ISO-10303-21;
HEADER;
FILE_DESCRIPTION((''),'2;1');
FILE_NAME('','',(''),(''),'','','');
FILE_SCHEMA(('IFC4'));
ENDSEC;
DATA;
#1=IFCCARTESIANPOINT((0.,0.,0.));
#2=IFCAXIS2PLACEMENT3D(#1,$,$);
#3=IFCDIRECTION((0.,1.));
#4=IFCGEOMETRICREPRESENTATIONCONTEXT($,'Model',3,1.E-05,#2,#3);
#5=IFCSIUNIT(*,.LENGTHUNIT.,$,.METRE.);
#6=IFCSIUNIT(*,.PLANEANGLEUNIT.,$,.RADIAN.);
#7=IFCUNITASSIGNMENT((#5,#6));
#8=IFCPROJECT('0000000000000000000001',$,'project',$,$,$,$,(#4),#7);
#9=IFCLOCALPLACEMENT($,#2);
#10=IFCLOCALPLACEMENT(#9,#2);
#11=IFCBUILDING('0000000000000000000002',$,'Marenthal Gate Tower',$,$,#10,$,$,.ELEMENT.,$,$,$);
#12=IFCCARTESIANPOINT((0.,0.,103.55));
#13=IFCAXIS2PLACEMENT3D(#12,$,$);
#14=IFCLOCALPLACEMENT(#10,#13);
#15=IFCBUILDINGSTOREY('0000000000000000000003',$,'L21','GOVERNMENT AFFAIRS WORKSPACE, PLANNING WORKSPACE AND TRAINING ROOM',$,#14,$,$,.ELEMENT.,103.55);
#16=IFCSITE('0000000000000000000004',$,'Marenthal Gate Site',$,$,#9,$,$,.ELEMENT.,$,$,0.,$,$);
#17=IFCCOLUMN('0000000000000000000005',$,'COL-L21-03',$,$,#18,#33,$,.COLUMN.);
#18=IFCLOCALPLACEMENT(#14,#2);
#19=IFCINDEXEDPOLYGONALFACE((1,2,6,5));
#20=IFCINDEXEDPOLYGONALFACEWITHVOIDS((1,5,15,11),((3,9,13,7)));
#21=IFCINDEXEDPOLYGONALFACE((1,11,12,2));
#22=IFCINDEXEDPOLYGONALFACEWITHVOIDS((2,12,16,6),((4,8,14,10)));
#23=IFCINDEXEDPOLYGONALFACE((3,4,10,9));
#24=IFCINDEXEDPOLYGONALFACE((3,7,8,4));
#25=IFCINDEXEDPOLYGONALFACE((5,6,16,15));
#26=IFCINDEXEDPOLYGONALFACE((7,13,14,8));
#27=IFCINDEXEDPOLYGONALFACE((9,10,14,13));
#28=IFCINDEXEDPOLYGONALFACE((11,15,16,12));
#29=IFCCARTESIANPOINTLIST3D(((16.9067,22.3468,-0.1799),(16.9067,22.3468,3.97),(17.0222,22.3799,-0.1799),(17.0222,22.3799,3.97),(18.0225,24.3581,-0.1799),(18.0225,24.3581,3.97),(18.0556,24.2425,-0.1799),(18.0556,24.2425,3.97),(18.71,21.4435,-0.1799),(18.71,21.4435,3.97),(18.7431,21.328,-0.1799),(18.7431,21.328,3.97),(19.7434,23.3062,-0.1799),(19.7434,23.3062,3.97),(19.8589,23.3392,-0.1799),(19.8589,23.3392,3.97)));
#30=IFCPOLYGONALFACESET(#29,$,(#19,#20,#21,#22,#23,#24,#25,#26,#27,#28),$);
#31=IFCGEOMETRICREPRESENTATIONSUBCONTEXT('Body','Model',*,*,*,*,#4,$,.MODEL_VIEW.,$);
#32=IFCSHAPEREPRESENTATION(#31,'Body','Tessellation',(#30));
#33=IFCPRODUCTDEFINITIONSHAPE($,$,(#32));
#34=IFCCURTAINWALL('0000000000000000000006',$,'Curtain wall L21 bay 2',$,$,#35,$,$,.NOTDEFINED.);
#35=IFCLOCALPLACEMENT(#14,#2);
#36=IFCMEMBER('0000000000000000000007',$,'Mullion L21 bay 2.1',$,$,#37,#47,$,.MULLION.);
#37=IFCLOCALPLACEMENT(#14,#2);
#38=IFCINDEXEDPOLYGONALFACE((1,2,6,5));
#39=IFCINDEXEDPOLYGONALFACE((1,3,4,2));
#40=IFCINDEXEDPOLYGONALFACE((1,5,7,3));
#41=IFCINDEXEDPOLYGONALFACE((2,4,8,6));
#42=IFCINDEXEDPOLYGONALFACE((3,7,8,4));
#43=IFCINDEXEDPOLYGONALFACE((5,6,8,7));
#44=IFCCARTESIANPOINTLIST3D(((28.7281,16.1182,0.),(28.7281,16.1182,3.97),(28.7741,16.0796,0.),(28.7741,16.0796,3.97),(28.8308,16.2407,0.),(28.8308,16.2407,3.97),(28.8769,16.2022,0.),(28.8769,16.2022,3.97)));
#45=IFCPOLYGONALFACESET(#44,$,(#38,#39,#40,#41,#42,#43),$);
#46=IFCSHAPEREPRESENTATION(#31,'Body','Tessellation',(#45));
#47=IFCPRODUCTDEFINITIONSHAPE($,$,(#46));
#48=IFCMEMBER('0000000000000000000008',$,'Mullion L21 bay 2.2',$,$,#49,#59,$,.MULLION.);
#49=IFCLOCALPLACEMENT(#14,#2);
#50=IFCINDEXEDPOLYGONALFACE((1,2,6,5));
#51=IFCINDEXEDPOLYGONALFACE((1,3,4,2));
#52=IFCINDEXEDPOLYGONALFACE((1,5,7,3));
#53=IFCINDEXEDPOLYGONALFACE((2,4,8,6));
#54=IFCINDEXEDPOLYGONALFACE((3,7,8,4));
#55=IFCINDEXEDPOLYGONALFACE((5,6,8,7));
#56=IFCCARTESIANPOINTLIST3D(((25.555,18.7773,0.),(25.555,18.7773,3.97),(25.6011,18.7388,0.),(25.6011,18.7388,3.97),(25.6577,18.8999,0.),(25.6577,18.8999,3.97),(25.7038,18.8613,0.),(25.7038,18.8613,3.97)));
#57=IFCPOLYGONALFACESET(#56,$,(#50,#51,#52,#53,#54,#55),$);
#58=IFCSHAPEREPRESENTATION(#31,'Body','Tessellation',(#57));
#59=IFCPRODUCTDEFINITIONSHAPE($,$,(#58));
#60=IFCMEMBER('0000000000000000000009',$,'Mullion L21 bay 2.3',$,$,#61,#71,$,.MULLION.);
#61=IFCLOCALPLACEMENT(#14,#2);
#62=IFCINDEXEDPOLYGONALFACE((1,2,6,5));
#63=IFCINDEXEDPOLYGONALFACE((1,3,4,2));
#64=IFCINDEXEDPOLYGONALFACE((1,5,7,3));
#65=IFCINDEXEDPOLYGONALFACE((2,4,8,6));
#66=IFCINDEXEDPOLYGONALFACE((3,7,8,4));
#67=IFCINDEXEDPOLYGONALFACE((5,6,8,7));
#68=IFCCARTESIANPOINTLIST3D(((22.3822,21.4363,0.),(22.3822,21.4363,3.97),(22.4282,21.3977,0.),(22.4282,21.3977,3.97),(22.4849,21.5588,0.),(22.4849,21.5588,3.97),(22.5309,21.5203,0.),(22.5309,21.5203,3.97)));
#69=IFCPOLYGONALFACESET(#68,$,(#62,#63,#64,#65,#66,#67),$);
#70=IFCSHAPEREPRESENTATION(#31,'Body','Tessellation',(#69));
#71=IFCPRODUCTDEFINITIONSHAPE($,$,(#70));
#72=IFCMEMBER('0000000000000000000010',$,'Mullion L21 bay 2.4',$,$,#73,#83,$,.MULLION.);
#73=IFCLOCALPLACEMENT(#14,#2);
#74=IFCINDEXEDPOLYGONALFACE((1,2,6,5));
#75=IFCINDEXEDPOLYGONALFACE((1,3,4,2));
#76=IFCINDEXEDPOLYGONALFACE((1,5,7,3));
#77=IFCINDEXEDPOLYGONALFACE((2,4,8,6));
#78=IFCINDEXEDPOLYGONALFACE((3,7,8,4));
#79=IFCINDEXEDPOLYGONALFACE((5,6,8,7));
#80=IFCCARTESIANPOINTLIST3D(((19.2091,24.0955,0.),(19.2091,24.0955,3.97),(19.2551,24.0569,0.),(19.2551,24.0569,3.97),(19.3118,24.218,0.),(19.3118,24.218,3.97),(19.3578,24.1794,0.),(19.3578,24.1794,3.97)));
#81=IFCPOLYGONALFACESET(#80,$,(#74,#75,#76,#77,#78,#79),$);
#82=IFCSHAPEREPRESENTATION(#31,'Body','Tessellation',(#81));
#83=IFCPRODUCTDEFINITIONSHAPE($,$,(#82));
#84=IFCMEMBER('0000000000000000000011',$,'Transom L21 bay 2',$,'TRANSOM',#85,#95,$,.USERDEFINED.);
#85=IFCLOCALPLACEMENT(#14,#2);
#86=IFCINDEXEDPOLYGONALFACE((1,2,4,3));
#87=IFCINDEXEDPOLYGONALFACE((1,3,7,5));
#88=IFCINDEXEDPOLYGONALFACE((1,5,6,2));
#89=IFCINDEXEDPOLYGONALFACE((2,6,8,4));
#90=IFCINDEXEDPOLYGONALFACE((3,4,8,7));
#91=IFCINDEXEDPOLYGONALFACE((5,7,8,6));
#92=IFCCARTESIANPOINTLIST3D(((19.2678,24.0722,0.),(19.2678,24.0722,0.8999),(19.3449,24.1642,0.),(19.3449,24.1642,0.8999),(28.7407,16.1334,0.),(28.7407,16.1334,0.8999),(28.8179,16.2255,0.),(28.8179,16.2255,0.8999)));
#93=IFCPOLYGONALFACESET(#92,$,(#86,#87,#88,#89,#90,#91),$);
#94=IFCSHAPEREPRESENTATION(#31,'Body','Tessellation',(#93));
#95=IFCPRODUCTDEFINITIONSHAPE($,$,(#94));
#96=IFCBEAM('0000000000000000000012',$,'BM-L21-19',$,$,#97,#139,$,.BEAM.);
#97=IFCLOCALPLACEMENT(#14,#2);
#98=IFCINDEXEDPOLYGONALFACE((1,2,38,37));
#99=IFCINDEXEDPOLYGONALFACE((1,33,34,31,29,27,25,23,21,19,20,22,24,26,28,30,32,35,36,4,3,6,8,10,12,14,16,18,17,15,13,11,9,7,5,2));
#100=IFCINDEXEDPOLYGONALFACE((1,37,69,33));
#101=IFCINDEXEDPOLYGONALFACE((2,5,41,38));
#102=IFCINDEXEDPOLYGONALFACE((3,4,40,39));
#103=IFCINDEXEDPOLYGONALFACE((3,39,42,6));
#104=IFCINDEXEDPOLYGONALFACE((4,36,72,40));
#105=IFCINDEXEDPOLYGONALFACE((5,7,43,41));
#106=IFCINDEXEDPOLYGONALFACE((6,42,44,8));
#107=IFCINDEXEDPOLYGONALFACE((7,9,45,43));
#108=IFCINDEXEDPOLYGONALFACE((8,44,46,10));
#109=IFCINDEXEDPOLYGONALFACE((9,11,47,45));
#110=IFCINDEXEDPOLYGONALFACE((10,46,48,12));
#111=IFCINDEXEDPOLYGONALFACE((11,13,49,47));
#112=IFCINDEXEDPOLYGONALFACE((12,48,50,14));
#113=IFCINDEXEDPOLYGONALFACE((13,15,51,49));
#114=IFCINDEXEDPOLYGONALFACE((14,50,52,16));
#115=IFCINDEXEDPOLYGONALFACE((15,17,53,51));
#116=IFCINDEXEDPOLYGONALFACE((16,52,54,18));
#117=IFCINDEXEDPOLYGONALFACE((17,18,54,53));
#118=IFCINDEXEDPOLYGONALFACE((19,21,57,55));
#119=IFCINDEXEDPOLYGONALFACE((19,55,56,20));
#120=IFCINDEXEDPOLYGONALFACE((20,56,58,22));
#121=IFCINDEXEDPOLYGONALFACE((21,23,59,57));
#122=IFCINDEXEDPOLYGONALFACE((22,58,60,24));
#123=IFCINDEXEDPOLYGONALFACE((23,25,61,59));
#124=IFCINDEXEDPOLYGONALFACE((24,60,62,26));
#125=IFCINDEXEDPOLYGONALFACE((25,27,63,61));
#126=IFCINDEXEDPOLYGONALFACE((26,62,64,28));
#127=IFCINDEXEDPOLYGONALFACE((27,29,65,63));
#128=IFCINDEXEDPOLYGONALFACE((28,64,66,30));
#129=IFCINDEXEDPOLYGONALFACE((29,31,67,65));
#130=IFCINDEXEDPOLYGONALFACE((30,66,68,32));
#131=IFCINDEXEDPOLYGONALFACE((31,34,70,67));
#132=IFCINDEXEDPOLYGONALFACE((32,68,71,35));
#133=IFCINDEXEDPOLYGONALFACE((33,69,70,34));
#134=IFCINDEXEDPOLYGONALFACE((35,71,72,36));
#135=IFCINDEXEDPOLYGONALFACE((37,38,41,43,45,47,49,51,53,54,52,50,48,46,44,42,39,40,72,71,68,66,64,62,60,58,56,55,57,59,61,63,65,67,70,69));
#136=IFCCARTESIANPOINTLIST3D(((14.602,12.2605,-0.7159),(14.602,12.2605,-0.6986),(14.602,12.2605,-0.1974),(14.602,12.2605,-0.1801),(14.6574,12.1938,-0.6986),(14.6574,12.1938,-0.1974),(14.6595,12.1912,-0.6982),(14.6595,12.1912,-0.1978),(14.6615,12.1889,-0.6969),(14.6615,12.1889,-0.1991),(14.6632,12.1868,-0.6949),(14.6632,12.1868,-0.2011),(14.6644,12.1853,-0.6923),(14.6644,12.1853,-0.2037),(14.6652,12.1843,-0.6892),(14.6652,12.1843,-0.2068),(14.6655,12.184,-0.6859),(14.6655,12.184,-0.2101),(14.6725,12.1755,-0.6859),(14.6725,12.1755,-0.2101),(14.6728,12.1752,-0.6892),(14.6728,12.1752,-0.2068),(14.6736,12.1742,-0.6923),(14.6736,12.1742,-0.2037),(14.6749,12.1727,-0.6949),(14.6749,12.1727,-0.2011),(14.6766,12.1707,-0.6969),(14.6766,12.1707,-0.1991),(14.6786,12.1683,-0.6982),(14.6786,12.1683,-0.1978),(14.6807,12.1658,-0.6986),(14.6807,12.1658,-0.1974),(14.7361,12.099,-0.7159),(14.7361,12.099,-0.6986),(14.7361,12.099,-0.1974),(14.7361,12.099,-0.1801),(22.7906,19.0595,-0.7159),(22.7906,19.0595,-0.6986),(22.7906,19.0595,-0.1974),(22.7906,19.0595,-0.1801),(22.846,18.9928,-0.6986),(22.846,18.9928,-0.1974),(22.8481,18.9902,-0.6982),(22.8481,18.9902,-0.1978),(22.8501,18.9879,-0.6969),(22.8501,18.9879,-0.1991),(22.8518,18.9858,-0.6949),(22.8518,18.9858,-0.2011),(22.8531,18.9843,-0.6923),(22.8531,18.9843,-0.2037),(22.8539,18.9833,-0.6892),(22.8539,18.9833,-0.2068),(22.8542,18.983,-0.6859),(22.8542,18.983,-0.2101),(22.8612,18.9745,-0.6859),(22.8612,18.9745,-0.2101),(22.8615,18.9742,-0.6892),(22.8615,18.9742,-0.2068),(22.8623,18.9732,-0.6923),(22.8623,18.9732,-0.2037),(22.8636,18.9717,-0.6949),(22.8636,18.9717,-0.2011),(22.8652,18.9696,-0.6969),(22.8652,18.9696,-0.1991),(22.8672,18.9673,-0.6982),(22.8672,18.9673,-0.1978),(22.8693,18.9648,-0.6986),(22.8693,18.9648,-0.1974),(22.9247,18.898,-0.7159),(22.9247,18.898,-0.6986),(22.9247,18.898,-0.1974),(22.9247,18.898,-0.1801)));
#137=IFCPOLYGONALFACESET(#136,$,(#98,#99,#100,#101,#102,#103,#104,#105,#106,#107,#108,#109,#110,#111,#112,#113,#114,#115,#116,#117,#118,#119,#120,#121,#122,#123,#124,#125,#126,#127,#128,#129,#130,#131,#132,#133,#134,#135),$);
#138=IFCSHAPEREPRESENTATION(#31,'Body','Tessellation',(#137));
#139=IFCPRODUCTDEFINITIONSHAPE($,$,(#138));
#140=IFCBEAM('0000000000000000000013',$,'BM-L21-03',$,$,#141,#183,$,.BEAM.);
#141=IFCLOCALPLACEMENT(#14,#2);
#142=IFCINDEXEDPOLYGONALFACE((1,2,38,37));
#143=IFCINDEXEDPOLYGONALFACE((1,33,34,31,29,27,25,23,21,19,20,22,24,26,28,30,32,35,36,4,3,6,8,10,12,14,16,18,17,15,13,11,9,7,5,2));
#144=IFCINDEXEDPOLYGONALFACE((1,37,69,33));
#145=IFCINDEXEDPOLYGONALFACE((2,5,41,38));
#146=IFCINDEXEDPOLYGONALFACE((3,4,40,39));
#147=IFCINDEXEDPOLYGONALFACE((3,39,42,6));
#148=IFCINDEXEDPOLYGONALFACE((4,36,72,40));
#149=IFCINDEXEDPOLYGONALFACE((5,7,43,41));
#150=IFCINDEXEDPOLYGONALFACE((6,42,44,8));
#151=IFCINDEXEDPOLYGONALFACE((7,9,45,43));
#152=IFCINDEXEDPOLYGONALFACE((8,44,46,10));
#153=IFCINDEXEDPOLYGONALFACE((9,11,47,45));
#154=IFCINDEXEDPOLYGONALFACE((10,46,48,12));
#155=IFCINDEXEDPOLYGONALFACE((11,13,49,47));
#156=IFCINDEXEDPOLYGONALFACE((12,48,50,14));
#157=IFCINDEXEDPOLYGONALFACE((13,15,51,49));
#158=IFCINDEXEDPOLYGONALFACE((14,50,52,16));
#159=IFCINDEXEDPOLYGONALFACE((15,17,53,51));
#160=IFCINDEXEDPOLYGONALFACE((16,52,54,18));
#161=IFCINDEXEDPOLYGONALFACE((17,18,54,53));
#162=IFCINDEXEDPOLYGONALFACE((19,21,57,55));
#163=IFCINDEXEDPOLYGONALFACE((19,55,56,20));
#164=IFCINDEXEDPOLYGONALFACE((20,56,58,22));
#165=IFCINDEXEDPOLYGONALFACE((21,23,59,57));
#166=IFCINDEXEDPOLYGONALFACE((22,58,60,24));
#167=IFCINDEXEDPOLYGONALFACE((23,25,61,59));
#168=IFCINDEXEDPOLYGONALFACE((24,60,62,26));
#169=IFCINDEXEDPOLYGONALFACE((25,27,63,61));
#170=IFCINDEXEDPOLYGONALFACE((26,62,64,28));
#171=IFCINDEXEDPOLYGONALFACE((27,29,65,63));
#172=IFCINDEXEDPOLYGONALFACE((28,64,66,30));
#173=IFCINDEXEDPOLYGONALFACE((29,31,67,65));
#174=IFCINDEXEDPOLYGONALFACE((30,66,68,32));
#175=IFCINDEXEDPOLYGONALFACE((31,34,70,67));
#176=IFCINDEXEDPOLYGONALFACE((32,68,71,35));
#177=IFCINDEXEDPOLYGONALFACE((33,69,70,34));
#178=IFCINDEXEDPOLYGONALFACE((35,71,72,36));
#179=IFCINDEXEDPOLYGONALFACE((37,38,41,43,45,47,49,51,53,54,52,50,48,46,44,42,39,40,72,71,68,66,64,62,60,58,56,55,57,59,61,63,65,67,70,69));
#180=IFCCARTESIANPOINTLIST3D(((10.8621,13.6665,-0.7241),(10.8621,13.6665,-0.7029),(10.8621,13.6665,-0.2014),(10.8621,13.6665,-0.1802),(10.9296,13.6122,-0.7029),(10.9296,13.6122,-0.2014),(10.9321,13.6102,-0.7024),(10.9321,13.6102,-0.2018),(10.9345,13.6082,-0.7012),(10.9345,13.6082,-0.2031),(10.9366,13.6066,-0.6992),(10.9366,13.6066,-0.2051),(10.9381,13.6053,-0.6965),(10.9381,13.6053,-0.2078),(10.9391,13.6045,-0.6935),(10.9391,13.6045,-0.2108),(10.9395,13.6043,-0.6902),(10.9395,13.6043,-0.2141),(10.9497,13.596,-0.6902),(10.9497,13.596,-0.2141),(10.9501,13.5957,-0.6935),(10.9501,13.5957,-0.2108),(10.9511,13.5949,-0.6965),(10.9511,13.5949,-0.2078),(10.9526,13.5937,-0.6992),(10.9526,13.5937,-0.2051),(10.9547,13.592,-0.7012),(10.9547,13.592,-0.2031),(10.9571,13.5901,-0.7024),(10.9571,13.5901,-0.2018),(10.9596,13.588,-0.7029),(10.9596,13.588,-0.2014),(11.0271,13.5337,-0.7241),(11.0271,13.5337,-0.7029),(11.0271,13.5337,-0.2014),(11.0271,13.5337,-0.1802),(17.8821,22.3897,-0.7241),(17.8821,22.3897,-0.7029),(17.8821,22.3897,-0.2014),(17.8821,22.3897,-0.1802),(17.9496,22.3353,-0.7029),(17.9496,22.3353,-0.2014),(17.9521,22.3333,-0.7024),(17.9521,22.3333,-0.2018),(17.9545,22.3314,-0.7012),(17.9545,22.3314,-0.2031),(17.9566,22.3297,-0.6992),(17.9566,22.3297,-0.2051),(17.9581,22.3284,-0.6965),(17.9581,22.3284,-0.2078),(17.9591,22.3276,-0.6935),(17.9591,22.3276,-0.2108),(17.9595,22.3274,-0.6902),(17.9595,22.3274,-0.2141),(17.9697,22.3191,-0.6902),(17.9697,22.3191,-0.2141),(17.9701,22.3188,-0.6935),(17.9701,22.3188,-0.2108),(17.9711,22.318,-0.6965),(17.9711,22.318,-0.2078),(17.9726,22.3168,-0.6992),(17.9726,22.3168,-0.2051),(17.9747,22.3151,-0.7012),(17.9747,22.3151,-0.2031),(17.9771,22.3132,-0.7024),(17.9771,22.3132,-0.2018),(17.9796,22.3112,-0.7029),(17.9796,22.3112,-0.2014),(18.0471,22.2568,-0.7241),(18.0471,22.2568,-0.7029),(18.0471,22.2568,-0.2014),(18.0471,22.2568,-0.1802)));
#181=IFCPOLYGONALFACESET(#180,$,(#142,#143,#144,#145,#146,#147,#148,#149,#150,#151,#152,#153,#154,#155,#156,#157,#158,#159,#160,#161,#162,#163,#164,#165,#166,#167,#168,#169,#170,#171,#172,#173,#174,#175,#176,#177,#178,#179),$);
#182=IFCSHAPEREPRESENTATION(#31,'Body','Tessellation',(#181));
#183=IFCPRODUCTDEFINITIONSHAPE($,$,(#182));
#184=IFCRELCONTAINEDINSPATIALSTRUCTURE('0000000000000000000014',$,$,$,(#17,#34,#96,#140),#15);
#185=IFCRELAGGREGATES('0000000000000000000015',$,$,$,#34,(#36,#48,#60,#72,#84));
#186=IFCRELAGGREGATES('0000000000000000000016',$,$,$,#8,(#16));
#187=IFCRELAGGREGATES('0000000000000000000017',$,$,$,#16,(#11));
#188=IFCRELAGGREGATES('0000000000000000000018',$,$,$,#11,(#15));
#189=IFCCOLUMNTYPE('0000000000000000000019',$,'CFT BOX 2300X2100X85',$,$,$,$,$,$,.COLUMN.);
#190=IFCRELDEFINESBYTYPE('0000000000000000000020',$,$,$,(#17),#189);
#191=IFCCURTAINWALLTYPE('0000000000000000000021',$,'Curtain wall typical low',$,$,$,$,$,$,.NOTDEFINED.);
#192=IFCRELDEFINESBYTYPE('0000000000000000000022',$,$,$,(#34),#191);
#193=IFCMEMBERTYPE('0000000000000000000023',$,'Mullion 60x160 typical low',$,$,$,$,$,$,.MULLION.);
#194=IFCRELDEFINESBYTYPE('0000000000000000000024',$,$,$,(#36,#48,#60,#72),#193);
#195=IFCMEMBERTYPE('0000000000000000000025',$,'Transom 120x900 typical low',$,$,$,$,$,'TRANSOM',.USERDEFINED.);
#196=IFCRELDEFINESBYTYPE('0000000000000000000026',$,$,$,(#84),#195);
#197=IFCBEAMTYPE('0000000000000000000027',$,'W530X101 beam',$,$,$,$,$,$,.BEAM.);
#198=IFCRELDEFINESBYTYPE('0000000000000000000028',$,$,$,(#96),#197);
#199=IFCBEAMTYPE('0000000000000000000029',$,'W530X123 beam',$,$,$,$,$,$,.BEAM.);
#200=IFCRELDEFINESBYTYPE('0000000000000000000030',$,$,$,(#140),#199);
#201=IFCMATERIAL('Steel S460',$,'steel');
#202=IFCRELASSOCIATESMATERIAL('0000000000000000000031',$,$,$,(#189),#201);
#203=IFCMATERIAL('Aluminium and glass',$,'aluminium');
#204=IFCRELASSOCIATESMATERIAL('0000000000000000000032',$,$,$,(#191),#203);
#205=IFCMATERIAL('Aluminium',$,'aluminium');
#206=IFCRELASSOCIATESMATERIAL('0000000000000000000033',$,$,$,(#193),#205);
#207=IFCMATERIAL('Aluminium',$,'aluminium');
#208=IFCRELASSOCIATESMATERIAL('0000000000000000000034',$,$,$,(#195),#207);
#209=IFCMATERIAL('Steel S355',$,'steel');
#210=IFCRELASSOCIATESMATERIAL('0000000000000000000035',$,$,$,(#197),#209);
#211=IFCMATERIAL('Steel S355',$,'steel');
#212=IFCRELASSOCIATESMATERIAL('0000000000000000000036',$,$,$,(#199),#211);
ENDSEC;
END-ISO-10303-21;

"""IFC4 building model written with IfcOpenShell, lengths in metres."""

from ifc_helpers import new_model, si_unit, direction, frame, origin, origin_2d, place, context, subcontext, project, spatial, rectangle, hollow_rectangle, i_section, extrude, material, material_profile, profile_set, type_object, element, aggregate, save


model = new_model("IFC4")

# Units and contexts
model_context = context("Model", 3, precision=1e-05, world=origin(), true_north=direction((0.0, 1.0)))
body_context = subcontext(model_context, "Body", "Model", "MODEL_VIEW")
ifc_project = project(units=[si_unit("LENGTHUNIT", "METRE"), si_unit("PLANEANGLEUNIT", "RADIAN")], contexts=[model_context])

# Site, building, storey
site_placement = place(None, origin())
site = spatial("IfcSite", under=ifc_project, at=site_placement, Name="Marenthal Gate Site", CompositionType="ELEMENT", RefElevation=0.0)
building_placement = place(site_placement, origin())
building = spatial("IfcBuilding", under=site, at=building_placement, Name="Marenthal Gate Tower", CompositionType="ELEMENT")
storey_placement = place(building_placement, frame((0.0, 0.0, 103.55)))
storey = spatial("IfcBuildingStorey", under=building, at=storey_placement, Name="L21", Description="GOVERNMENT AFFAIRS WORKSPACE, PLANNING WORKSPACE AND TRAINING ROOM", CompositionType="ELEMENT", Elevation=103.55)

# Column
ifc_material_1 = material(Name="Steel S460", Category="steel")
ifc_material_profile_1 = material_profile(ifc_material_1, hollow_rectangle(XDim=2.1001, YDim=2.3, WallThickness=0.085, at=origin_2d()), Name="CFT BOX 2300X2100X85")
ifc_material_2 = material(Name="Concrete 70 MPa", Category="concrete")
ifc_material_profile_2 = material_profile(ifc_material_2, rectangle(XDim=1.9299, YDim=2.1299, at=origin_2d()), Name="CFT BOX 2300X2100X85 INFILL")
ifc_profile_set_1 = profile_set([ifc_material_profile_1, ifc_material_profile_2], Name="Steel S460 shell, Concrete 70 MPa infill")
column_type = type_object("IfcColumnType", Name="CFT BOX 2300X2100X85", PredefinedType="COLUMN", material=ifc_profile_set_1)
column_placement = place(storey_placement, frame((18.3828, 22.843, -0.1799), z_axis=(0.0, 0.0, 1.0), x_axis=(0.874442, -0.48513, 0.0)))
element("IfcColumn", 1, at=column_placement, inside=storey, type_object=column_type, Name="COL-L21-03", PredefinedType="COLUMN", context=body_context, shape_type="SweptSolid", body=[
    extrude(hollow_rectangle(XDim=2.1001, YDim=2.3, WallThickness=0.085, at=origin_2d()), origin(), (0.0, 0.0, 1.0), 4.1499),
])

# Curtain wall, members
ifc_material_3 = material(Name="Aluminium and glass", Category="aluminium")
curtain_wall_type = type_object("IfcCurtainWallType", Name="Curtain wall typical low", PredefinedType="NOTDEFINED", material=ifc_material_3)
curtain_wall_placement = place(storey_placement, origin())
curtain_wall = element("IfcCurtainWall", 2, at=curtain_wall_placement, inside=storey, type_object=curtain_wall_type, Name="Curtain wall L21 bay 2", PredefinedType="NOTDEFINED")
ifc_material_4 = material(Name="Aluminium", Category="aluminium")
ifc_material_profile_3 = material_profile(ifc_material_4, rectangle(XDim=0.1599, YDim=0.0601, at=origin_2d()), Name="60x160 aluminium mullion")
ifc_profile_set_2 = profile_set([ifc_material_profile_3], Name="Aluminium")
member_type_1 = type_object("IfcMemberType", Name="Mullion 60x160 typical low", PredefinedType="MULLION", material=ifc_profile_set_2)
member_1_placement = place(storey_placement, frame((28.8025, 16.1602, 0.0), z_axis=(0.0, 0.0, 1.0), x_axis=(-0.642308, -0.766447, 0.0)))
member_1 = element("IfcMember", 3, at=member_1_placement, type_object=member_type_1, Name="Mullion L21 bay 2.1", PredefinedType="MULLION", context=body_context, shape_type="SweptSolid", body=[
    extrude(rectangle(XDim=0.1599, YDim=0.0601, at=origin_2d()), origin(), (0.0, 0.0, 1.0), 3.97),
])
member_2_placement = place(storey_placement, frame((25.6294, 18.8193, 0.0), z_axis=(0.0, 0.0, 1.0), x_axis=(-0.642308, -0.766447, 0.0)))
member_2 = element("IfcMember", 4, at=member_2_placement, type_object=member_type_1, Name="Mullion L21 bay 2.2", PredefinedType="MULLION", context=body_context, shape_type="SweptSolid", body=[
    extrude(rectangle(XDim=0.1599, YDim=0.0601, at=origin_2d()), origin(), (0.0, 0.0, 1.0), 3.97),
])
member_3_placement = place(storey_placement, frame((22.4565, 21.4783, 0.0), z_axis=(0.0, 0.0, 1.0), x_axis=(-0.642308, -0.766447, 0.0)))
member_3 = element("IfcMember", 5, at=member_3_placement, type_object=member_type_1, Name="Mullion L21 bay 2.3", PredefinedType="MULLION", context=body_context, shape_type="SweptSolid", body=[
    extrude(rectangle(XDim=0.1599, YDim=0.0601, at=origin_2d()), origin(), (0.0, 0.0, 1.0), 3.97),
])
member_4_placement = place(storey_placement, frame((19.2834, 24.1375, 0.0), z_axis=(0.0, 0.0, 1.0), x_axis=(-0.642308, -0.766447, 0.0)))
member_4 = element("IfcMember", 6, at=member_4_placement, type_object=member_type_1, Name="Mullion L21 bay 2.4", PredefinedType="MULLION", context=body_context, shape_type="SweptSolid", body=[
    extrude(rectangle(XDim=0.1599, YDim=0.0601, at=origin_2d()), origin(), (0.0, 0.0, 1.0), 3.97),
])
ifc_material_5 = material(Name="Aluminium", Category="aluminium")
ifc_material_profile_4 = material_profile(ifc_material_5, rectangle(XDim=0.1201, YDim=0.8999, at=origin_2d()), Name="120x900 aluminium transom")
ifc_profile_set_3 = profile_set([ifc_material_profile_4], Name="Aluminium")
member_type_2 = type_object("IfcMemberType", Name="Transom 120x900 typical low", ElementType="TRANSOM", PredefinedType="USERDEFINED", material=ifc_profile_set_3)
member_5_placement = place(storey_placement, frame((28.7793, 16.1794, 0.45), z_axis=(-0.766442, 0.642313, 0.0), x_axis=(-0.642313, -0.766442, 0.0)))
member_5 = element("IfcMember", 7, at=member_5_placement, type_object=member_type_2, Name="Transom L21 bay 2", ObjectType="TRANSOM", PredefinedType="USERDEFINED", context=body_context, shape_type="SweptSolid", body=[
    extrude(rectangle(XDim=0.1201, YDim=0.8999, at=origin_2d()), origin(), (0.0, 0.0, 1.0), 12.3596),
])

# Beams
ifc_material_6 = material(Name="Steel S355", Category="steel")
ifc_material_profile_5 = material_profile(ifc_material_6, i_section(OverallWidth=0.21, OverallDepth=0.5359, WebThickness=0.011, FlangeThickness=0.0173, FilletRadius=0.0127, at=origin_2d()), Name="W530X101")
ifc_profile_set_4 = profile_set([ifc_material_profile_5], Name="Steel S355")
beam_type_1 = type_object("IfcBeamType", Name="W530X101 beam", PredefinedType="BEAM", material=ifc_profile_set_4)
beam_1_placement = place(storey_placement, frame((22.8577, 18.9788, -0.448), z_axis=(-0.769369, -0.638805, 0.0), x_axis=(0.638805, -0.769369, 0.0)))
element("IfcBeam", 8, at=beam_1_placement, inside=storey, type_object=beam_type_1, Name="BM-L21-19", PredefinedType="BEAM", context=body_context, shape_type="SweptSolid", body=[
    extrude(i_section(OverallWidth=0.21, OverallDepth=0.5359, WebThickness=0.011, FlangeThickness=0.0173, FilletRadius=0.0127, at=origin_2d()), origin(), (0.0, 0.0, 1.0), 10.6433),
])
ifc_material_7 = material(Name="Steel S355", Category="steel")
ifc_material_profile_6 = material_profile(ifc_material_7, i_section(OverallWidth=0.2119, OverallDepth=0.5439, WebThickness=0.0132, FlangeThickness=0.0212, FilletRadius=0.0127, at=origin_2d()), Name="W530X123")
ifc_profile_set_5 = profile_set([ifc_material_profile_6], Name="Steel S355")
beam_type_2 = type_object("IfcBeamType", Name="W530X123 beam", PredefinedType="BEAM", material=ifc_profile_set_5)
beam_2_placement = place(storey_placement, frame((17.9646, 22.3232, -0.4521), z_axis=(-0.626953, -0.779057, 0.0), x_axis=(0.779057, -0.626953, 0.0)))
element("IfcBeam", 9, at=beam_2_placement, inside=storey, type_object=beam_type_2, Name="BM-L21-03", PredefinedType="BEAM", context=body_context, shape_type="SweptSolid", body=[
    extrude(i_section(OverallWidth=0.2119, OverallDepth=0.5439, WebThickness=0.0132, FlangeThickness=0.0212, FilletRadius=0.0127, at=origin_2d()), origin(), (0.0, 0.0, 1.0), 11.197),
])

aggregate(curtain_wall, [member_1, member_2, member_3, member_4, member_5])

save(model, "model.ifc")
